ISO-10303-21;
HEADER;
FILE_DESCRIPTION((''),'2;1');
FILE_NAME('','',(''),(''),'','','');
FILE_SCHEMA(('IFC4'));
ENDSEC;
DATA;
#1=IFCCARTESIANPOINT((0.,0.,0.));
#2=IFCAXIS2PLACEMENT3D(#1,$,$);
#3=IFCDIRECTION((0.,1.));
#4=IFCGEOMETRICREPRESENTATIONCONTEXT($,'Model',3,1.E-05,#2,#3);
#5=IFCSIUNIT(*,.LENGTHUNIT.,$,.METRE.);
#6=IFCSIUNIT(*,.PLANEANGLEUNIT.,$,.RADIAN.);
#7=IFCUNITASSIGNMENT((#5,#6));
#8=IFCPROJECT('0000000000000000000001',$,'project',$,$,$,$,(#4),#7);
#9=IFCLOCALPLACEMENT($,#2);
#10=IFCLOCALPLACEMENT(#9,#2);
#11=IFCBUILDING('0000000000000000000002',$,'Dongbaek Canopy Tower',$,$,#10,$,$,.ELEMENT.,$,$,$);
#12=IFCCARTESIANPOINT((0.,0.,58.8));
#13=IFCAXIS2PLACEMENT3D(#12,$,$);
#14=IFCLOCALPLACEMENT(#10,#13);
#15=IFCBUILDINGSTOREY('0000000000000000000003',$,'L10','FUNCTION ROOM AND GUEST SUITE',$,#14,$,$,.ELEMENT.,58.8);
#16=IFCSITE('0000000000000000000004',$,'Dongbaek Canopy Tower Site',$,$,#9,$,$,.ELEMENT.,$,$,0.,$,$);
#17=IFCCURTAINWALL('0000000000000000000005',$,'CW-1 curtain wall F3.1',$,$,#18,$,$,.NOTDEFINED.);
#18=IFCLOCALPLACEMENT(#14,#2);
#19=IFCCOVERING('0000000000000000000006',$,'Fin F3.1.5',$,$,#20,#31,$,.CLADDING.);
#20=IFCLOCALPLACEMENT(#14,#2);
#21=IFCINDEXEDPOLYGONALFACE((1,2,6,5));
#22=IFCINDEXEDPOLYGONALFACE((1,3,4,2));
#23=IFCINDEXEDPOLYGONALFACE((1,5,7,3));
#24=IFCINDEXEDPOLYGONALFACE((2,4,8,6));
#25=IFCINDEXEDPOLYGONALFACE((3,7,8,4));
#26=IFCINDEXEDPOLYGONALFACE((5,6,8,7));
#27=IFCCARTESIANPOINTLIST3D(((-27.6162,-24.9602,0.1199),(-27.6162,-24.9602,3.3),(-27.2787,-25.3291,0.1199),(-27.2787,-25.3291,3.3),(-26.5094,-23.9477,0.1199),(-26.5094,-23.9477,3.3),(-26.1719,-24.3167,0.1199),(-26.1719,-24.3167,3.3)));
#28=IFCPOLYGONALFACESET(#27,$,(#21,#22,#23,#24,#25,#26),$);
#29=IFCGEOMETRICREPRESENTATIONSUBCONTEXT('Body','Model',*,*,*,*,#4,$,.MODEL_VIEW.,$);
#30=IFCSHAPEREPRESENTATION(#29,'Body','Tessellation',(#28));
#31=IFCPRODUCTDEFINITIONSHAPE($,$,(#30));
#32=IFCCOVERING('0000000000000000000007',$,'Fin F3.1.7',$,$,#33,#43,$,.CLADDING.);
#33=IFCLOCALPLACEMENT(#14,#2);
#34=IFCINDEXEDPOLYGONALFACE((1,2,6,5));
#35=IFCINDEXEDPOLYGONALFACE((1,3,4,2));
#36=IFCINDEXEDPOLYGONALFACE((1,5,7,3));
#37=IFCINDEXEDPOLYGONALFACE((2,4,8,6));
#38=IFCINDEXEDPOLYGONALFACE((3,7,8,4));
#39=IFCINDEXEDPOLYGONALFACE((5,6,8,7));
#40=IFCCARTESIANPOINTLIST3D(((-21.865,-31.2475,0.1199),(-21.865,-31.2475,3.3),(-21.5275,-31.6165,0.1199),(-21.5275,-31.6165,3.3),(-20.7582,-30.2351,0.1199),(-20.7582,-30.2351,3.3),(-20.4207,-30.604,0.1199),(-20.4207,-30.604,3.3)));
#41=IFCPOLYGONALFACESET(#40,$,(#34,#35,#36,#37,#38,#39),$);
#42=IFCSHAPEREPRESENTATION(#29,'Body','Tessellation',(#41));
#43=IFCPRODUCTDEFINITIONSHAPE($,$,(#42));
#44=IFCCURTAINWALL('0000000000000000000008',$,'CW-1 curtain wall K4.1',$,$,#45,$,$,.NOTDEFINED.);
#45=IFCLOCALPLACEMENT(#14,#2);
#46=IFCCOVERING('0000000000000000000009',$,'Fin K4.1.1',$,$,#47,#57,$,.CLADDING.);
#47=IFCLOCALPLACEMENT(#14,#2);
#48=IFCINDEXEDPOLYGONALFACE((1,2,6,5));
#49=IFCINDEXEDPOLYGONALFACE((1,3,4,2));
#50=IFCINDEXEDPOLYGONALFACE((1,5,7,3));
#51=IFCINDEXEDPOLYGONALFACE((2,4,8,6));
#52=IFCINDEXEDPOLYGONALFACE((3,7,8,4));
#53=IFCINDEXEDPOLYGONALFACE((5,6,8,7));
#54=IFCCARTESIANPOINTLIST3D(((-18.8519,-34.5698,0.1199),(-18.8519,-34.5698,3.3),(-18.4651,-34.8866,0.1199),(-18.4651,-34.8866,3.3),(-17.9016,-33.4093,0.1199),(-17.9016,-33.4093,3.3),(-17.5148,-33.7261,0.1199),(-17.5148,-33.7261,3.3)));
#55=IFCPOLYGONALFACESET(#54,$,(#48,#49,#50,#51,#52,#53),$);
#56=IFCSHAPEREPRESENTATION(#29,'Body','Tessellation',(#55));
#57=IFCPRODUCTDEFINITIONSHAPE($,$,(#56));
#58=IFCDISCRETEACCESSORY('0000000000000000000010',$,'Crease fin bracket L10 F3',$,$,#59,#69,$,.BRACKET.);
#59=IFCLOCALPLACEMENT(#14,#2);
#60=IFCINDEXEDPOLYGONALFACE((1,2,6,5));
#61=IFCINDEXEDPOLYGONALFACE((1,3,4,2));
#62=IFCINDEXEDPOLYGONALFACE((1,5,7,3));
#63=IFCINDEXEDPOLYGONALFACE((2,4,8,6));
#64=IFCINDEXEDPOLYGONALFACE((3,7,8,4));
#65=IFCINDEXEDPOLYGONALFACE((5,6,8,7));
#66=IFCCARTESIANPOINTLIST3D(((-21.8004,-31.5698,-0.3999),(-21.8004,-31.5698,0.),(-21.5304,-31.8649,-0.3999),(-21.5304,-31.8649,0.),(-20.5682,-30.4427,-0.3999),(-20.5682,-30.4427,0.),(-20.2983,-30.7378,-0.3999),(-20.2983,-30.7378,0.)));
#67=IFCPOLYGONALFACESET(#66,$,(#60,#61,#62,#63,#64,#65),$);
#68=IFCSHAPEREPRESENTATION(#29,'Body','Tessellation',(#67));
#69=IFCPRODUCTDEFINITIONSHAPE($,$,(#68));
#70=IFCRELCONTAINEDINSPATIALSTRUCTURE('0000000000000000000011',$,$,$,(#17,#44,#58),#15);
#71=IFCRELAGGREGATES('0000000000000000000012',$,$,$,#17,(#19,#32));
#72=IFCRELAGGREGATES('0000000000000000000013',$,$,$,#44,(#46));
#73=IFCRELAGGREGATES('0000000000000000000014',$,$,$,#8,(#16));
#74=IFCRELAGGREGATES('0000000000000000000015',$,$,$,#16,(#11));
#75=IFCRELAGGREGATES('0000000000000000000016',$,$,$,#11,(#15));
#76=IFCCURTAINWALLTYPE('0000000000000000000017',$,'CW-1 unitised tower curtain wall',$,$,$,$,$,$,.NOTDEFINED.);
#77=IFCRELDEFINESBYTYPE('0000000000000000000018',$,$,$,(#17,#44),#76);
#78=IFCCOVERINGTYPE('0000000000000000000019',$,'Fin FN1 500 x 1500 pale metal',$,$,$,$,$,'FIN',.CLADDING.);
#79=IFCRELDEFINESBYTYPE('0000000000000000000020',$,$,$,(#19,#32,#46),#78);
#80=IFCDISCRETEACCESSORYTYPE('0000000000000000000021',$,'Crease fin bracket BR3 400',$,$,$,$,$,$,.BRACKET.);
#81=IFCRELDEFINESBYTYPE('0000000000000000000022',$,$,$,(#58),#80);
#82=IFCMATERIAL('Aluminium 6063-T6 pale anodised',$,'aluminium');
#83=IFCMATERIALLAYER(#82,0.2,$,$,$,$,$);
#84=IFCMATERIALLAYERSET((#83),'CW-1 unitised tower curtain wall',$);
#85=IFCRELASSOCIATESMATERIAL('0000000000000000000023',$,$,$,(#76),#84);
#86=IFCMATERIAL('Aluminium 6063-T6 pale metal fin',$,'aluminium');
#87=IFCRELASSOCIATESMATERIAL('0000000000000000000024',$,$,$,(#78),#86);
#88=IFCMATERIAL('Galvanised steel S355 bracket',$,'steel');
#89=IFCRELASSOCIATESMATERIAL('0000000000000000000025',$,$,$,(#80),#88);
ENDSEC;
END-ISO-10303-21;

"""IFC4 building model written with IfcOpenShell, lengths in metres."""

from ifc_helpers import new_model, si_unit, direction, frame, origin, origin_2d, place, context, subcontext, project, spatial, rectangle, extrude, material, layer, layer_set, material_profile, profile_set, type_object, element, aggregate, save


model = new_model("IFC4")

# Units and contexts
model_context = context("Model", 3, precision=1e-05, world=origin(), true_north=direction((0.0, 1.0)))
body_context = subcontext(model_context, "Body", "Model", "MODEL_VIEW")
ifc_project = project(units=[si_unit("LENGTHUNIT", "METRE"), si_unit("PLANEANGLEUNIT", "RADIAN")], contexts=[model_context])

# Site, building, storey
site_placement = place(None, origin())
site = spatial("IfcSite", under=ifc_project, at=site_placement, Name="Dongbaek Canopy Tower Site", CompositionType="ELEMENT", RefElevation=0.0)
building_placement = place(site_placement, origin())
building = spatial("IfcBuilding", under=site, at=building_placement, Name="Dongbaek Canopy Tower", CompositionType="ELEMENT")
storey_placement = place(building_placement, frame((0.0, 0.0, 58.8)))
storey = spatial("IfcBuildingStorey", under=building, at=storey_placement, Name="L10", Description="FUNCTION ROOM AND GUEST SUITE", CompositionType="ELEMENT", Elevation=58.8)

# Curtain wall
ifc_material_1 = material(Name="Aluminium 6063-T6 pale anodised", Category="aluminium")
ifc_layer_1 = layer(ifc_material_1, 0.2)
ifc_layer_set_1 = layer_set([ifc_layer_1], Name="CW-1 unitised tower curtain wall")
curtain_wall_type = type_object("IfcCurtainWallType", Name="CW-1 unitised tower curtain wall", PredefinedType="NOTDEFINED", material=ifc_layer_set_1)
curtain_wall_1_placement = place(storey_placement, origin())
curtain_wall_1 = element("IfcCurtainWall", 1, at=curtain_wall_1_placement, inside=storey, type_object=curtain_wall_type, Name="CW-1 curtain wall F3.1", PredefinedType="NOTDEFINED")

# Coverings
ifc_material_2 = material(Name="Aluminium 6063-T6 pale metal fin", Category="aluminium")
ifc_material_profile_1 = material_profile(ifc_material_2, rectangle(XDim=1.5, YDim=0.5, at=origin_2d()), Name="Fin FN1 500 x 1500 pale metal")
ifc_profile_set_1 = profile_set([ifc_material_profile_1], Name="Aluminium 6063-T6 pale metal fin")
covering_type_1 = type_object("IfcCoveringType", Name="Fin FN1 500 x 1500 pale metal", ElementType="FIN", PredefinedType="CLADDING", material=ifc_profile_set_1)
covering_1_placement = place(storey_placement, frame((-26.894, -24.6384, 0.1199), z_axis=(0.0, 0.0, 1.0), x_axis=(-0.737855, -0.674959, 0.0)))
covering_1 = element("IfcCovering", 2, at=covering_1_placement, type_object=covering_type_1, Name="Fin F3.1.5", PredefinedType="CLADDING", context=body_context, shape_type="SweptSolid", body=[
    extrude(rectangle(XDim=1.5, YDim=0.5, at=origin_2d()), origin(), (0.0, 0.0, 1.0), 3.1802),
])
covering_2_placement = place(storey_placement, frame((-21.1428, -30.9258, 0.1199), z_axis=(0.0, 0.0, 1.0), x_axis=(-0.737855, -0.674959, 0.0)))
covering_2 = element("IfcCovering", 3, at=covering_2_placement, type_object=covering_type_1, Name="Fin F3.1.7", PredefinedType="CLADDING", context=body_context, shape_type="SweptSolid", body=[
    extrude(rectangle(XDim=1.5, YDim=0.5, at=origin_2d()), origin(), (0.0, 0.0, 1.0), 3.1802),
])
aggregate(curtain_wall_1, [covering_1, covering_2])

# Curtain wall, covering
curtain_wall_2_placement = place(storey_placement, origin())
curtain_wall_2 = element("IfcCurtainWall", 4, at=curtain_wall_2_placement, inside=storey, type_object=curtain_wall_type, Name="CW-1 curtain wall K4.1", PredefinedType="NOTDEFINED")
covering_3_placement = place(storey_placement, frame((-18.1833, -34.1479, 0.1199), z_axis=(0.0, 0.0, 1.0), x_axis=(-0.633548, -0.773703, 0.0)))
covering_3 = element("IfcCovering", 5, at=covering_3_placement, type_object=covering_type_1, Name="Fin K4.1.1", PredefinedType="CLADDING", context=body_context, shape_type="SweptSolid", body=[
    extrude(rectangle(XDim=1.5, YDim=0.5, at=origin_2d()), origin(), (0.0, 0.0, 1.0), 3.1802),
])
aggregate(curtain_wall_2, [covering_3])

# Discrete accessory
ifc_material_3 = material(Name="Galvanised steel S355 bracket", Category="steel")
discrete_accessory_type = type_object("IfcDiscreteAccessoryType", Name="Crease fin bracket BR3 400", PredefinedType="BRACKET", material=ifc_material_3)
discrete_accessory_placement = place(storey_placement, frame((-21.0493, -31.1538, -0.3999), z_axis=(0.0, 0.0, 1.0), x_axis=(-0.737855, -0.674959, 0.0)))
element("IfcDiscreteAccessory", 6, at=discrete_accessory_placement, inside=storey, type_object=discrete_accessory_type, Name="Crease fin bracket L10 F3", PredefinedType="BRACKET", context=body_context, shape_type="SweptSolid", body=[
    extrude(rectangle(XDim=1.6699, YDim=0.3999, at=origin_2d()), origin(), (0.0, 0.0, 1.0), 0.3999),
])

save(model, "model.ifc")
